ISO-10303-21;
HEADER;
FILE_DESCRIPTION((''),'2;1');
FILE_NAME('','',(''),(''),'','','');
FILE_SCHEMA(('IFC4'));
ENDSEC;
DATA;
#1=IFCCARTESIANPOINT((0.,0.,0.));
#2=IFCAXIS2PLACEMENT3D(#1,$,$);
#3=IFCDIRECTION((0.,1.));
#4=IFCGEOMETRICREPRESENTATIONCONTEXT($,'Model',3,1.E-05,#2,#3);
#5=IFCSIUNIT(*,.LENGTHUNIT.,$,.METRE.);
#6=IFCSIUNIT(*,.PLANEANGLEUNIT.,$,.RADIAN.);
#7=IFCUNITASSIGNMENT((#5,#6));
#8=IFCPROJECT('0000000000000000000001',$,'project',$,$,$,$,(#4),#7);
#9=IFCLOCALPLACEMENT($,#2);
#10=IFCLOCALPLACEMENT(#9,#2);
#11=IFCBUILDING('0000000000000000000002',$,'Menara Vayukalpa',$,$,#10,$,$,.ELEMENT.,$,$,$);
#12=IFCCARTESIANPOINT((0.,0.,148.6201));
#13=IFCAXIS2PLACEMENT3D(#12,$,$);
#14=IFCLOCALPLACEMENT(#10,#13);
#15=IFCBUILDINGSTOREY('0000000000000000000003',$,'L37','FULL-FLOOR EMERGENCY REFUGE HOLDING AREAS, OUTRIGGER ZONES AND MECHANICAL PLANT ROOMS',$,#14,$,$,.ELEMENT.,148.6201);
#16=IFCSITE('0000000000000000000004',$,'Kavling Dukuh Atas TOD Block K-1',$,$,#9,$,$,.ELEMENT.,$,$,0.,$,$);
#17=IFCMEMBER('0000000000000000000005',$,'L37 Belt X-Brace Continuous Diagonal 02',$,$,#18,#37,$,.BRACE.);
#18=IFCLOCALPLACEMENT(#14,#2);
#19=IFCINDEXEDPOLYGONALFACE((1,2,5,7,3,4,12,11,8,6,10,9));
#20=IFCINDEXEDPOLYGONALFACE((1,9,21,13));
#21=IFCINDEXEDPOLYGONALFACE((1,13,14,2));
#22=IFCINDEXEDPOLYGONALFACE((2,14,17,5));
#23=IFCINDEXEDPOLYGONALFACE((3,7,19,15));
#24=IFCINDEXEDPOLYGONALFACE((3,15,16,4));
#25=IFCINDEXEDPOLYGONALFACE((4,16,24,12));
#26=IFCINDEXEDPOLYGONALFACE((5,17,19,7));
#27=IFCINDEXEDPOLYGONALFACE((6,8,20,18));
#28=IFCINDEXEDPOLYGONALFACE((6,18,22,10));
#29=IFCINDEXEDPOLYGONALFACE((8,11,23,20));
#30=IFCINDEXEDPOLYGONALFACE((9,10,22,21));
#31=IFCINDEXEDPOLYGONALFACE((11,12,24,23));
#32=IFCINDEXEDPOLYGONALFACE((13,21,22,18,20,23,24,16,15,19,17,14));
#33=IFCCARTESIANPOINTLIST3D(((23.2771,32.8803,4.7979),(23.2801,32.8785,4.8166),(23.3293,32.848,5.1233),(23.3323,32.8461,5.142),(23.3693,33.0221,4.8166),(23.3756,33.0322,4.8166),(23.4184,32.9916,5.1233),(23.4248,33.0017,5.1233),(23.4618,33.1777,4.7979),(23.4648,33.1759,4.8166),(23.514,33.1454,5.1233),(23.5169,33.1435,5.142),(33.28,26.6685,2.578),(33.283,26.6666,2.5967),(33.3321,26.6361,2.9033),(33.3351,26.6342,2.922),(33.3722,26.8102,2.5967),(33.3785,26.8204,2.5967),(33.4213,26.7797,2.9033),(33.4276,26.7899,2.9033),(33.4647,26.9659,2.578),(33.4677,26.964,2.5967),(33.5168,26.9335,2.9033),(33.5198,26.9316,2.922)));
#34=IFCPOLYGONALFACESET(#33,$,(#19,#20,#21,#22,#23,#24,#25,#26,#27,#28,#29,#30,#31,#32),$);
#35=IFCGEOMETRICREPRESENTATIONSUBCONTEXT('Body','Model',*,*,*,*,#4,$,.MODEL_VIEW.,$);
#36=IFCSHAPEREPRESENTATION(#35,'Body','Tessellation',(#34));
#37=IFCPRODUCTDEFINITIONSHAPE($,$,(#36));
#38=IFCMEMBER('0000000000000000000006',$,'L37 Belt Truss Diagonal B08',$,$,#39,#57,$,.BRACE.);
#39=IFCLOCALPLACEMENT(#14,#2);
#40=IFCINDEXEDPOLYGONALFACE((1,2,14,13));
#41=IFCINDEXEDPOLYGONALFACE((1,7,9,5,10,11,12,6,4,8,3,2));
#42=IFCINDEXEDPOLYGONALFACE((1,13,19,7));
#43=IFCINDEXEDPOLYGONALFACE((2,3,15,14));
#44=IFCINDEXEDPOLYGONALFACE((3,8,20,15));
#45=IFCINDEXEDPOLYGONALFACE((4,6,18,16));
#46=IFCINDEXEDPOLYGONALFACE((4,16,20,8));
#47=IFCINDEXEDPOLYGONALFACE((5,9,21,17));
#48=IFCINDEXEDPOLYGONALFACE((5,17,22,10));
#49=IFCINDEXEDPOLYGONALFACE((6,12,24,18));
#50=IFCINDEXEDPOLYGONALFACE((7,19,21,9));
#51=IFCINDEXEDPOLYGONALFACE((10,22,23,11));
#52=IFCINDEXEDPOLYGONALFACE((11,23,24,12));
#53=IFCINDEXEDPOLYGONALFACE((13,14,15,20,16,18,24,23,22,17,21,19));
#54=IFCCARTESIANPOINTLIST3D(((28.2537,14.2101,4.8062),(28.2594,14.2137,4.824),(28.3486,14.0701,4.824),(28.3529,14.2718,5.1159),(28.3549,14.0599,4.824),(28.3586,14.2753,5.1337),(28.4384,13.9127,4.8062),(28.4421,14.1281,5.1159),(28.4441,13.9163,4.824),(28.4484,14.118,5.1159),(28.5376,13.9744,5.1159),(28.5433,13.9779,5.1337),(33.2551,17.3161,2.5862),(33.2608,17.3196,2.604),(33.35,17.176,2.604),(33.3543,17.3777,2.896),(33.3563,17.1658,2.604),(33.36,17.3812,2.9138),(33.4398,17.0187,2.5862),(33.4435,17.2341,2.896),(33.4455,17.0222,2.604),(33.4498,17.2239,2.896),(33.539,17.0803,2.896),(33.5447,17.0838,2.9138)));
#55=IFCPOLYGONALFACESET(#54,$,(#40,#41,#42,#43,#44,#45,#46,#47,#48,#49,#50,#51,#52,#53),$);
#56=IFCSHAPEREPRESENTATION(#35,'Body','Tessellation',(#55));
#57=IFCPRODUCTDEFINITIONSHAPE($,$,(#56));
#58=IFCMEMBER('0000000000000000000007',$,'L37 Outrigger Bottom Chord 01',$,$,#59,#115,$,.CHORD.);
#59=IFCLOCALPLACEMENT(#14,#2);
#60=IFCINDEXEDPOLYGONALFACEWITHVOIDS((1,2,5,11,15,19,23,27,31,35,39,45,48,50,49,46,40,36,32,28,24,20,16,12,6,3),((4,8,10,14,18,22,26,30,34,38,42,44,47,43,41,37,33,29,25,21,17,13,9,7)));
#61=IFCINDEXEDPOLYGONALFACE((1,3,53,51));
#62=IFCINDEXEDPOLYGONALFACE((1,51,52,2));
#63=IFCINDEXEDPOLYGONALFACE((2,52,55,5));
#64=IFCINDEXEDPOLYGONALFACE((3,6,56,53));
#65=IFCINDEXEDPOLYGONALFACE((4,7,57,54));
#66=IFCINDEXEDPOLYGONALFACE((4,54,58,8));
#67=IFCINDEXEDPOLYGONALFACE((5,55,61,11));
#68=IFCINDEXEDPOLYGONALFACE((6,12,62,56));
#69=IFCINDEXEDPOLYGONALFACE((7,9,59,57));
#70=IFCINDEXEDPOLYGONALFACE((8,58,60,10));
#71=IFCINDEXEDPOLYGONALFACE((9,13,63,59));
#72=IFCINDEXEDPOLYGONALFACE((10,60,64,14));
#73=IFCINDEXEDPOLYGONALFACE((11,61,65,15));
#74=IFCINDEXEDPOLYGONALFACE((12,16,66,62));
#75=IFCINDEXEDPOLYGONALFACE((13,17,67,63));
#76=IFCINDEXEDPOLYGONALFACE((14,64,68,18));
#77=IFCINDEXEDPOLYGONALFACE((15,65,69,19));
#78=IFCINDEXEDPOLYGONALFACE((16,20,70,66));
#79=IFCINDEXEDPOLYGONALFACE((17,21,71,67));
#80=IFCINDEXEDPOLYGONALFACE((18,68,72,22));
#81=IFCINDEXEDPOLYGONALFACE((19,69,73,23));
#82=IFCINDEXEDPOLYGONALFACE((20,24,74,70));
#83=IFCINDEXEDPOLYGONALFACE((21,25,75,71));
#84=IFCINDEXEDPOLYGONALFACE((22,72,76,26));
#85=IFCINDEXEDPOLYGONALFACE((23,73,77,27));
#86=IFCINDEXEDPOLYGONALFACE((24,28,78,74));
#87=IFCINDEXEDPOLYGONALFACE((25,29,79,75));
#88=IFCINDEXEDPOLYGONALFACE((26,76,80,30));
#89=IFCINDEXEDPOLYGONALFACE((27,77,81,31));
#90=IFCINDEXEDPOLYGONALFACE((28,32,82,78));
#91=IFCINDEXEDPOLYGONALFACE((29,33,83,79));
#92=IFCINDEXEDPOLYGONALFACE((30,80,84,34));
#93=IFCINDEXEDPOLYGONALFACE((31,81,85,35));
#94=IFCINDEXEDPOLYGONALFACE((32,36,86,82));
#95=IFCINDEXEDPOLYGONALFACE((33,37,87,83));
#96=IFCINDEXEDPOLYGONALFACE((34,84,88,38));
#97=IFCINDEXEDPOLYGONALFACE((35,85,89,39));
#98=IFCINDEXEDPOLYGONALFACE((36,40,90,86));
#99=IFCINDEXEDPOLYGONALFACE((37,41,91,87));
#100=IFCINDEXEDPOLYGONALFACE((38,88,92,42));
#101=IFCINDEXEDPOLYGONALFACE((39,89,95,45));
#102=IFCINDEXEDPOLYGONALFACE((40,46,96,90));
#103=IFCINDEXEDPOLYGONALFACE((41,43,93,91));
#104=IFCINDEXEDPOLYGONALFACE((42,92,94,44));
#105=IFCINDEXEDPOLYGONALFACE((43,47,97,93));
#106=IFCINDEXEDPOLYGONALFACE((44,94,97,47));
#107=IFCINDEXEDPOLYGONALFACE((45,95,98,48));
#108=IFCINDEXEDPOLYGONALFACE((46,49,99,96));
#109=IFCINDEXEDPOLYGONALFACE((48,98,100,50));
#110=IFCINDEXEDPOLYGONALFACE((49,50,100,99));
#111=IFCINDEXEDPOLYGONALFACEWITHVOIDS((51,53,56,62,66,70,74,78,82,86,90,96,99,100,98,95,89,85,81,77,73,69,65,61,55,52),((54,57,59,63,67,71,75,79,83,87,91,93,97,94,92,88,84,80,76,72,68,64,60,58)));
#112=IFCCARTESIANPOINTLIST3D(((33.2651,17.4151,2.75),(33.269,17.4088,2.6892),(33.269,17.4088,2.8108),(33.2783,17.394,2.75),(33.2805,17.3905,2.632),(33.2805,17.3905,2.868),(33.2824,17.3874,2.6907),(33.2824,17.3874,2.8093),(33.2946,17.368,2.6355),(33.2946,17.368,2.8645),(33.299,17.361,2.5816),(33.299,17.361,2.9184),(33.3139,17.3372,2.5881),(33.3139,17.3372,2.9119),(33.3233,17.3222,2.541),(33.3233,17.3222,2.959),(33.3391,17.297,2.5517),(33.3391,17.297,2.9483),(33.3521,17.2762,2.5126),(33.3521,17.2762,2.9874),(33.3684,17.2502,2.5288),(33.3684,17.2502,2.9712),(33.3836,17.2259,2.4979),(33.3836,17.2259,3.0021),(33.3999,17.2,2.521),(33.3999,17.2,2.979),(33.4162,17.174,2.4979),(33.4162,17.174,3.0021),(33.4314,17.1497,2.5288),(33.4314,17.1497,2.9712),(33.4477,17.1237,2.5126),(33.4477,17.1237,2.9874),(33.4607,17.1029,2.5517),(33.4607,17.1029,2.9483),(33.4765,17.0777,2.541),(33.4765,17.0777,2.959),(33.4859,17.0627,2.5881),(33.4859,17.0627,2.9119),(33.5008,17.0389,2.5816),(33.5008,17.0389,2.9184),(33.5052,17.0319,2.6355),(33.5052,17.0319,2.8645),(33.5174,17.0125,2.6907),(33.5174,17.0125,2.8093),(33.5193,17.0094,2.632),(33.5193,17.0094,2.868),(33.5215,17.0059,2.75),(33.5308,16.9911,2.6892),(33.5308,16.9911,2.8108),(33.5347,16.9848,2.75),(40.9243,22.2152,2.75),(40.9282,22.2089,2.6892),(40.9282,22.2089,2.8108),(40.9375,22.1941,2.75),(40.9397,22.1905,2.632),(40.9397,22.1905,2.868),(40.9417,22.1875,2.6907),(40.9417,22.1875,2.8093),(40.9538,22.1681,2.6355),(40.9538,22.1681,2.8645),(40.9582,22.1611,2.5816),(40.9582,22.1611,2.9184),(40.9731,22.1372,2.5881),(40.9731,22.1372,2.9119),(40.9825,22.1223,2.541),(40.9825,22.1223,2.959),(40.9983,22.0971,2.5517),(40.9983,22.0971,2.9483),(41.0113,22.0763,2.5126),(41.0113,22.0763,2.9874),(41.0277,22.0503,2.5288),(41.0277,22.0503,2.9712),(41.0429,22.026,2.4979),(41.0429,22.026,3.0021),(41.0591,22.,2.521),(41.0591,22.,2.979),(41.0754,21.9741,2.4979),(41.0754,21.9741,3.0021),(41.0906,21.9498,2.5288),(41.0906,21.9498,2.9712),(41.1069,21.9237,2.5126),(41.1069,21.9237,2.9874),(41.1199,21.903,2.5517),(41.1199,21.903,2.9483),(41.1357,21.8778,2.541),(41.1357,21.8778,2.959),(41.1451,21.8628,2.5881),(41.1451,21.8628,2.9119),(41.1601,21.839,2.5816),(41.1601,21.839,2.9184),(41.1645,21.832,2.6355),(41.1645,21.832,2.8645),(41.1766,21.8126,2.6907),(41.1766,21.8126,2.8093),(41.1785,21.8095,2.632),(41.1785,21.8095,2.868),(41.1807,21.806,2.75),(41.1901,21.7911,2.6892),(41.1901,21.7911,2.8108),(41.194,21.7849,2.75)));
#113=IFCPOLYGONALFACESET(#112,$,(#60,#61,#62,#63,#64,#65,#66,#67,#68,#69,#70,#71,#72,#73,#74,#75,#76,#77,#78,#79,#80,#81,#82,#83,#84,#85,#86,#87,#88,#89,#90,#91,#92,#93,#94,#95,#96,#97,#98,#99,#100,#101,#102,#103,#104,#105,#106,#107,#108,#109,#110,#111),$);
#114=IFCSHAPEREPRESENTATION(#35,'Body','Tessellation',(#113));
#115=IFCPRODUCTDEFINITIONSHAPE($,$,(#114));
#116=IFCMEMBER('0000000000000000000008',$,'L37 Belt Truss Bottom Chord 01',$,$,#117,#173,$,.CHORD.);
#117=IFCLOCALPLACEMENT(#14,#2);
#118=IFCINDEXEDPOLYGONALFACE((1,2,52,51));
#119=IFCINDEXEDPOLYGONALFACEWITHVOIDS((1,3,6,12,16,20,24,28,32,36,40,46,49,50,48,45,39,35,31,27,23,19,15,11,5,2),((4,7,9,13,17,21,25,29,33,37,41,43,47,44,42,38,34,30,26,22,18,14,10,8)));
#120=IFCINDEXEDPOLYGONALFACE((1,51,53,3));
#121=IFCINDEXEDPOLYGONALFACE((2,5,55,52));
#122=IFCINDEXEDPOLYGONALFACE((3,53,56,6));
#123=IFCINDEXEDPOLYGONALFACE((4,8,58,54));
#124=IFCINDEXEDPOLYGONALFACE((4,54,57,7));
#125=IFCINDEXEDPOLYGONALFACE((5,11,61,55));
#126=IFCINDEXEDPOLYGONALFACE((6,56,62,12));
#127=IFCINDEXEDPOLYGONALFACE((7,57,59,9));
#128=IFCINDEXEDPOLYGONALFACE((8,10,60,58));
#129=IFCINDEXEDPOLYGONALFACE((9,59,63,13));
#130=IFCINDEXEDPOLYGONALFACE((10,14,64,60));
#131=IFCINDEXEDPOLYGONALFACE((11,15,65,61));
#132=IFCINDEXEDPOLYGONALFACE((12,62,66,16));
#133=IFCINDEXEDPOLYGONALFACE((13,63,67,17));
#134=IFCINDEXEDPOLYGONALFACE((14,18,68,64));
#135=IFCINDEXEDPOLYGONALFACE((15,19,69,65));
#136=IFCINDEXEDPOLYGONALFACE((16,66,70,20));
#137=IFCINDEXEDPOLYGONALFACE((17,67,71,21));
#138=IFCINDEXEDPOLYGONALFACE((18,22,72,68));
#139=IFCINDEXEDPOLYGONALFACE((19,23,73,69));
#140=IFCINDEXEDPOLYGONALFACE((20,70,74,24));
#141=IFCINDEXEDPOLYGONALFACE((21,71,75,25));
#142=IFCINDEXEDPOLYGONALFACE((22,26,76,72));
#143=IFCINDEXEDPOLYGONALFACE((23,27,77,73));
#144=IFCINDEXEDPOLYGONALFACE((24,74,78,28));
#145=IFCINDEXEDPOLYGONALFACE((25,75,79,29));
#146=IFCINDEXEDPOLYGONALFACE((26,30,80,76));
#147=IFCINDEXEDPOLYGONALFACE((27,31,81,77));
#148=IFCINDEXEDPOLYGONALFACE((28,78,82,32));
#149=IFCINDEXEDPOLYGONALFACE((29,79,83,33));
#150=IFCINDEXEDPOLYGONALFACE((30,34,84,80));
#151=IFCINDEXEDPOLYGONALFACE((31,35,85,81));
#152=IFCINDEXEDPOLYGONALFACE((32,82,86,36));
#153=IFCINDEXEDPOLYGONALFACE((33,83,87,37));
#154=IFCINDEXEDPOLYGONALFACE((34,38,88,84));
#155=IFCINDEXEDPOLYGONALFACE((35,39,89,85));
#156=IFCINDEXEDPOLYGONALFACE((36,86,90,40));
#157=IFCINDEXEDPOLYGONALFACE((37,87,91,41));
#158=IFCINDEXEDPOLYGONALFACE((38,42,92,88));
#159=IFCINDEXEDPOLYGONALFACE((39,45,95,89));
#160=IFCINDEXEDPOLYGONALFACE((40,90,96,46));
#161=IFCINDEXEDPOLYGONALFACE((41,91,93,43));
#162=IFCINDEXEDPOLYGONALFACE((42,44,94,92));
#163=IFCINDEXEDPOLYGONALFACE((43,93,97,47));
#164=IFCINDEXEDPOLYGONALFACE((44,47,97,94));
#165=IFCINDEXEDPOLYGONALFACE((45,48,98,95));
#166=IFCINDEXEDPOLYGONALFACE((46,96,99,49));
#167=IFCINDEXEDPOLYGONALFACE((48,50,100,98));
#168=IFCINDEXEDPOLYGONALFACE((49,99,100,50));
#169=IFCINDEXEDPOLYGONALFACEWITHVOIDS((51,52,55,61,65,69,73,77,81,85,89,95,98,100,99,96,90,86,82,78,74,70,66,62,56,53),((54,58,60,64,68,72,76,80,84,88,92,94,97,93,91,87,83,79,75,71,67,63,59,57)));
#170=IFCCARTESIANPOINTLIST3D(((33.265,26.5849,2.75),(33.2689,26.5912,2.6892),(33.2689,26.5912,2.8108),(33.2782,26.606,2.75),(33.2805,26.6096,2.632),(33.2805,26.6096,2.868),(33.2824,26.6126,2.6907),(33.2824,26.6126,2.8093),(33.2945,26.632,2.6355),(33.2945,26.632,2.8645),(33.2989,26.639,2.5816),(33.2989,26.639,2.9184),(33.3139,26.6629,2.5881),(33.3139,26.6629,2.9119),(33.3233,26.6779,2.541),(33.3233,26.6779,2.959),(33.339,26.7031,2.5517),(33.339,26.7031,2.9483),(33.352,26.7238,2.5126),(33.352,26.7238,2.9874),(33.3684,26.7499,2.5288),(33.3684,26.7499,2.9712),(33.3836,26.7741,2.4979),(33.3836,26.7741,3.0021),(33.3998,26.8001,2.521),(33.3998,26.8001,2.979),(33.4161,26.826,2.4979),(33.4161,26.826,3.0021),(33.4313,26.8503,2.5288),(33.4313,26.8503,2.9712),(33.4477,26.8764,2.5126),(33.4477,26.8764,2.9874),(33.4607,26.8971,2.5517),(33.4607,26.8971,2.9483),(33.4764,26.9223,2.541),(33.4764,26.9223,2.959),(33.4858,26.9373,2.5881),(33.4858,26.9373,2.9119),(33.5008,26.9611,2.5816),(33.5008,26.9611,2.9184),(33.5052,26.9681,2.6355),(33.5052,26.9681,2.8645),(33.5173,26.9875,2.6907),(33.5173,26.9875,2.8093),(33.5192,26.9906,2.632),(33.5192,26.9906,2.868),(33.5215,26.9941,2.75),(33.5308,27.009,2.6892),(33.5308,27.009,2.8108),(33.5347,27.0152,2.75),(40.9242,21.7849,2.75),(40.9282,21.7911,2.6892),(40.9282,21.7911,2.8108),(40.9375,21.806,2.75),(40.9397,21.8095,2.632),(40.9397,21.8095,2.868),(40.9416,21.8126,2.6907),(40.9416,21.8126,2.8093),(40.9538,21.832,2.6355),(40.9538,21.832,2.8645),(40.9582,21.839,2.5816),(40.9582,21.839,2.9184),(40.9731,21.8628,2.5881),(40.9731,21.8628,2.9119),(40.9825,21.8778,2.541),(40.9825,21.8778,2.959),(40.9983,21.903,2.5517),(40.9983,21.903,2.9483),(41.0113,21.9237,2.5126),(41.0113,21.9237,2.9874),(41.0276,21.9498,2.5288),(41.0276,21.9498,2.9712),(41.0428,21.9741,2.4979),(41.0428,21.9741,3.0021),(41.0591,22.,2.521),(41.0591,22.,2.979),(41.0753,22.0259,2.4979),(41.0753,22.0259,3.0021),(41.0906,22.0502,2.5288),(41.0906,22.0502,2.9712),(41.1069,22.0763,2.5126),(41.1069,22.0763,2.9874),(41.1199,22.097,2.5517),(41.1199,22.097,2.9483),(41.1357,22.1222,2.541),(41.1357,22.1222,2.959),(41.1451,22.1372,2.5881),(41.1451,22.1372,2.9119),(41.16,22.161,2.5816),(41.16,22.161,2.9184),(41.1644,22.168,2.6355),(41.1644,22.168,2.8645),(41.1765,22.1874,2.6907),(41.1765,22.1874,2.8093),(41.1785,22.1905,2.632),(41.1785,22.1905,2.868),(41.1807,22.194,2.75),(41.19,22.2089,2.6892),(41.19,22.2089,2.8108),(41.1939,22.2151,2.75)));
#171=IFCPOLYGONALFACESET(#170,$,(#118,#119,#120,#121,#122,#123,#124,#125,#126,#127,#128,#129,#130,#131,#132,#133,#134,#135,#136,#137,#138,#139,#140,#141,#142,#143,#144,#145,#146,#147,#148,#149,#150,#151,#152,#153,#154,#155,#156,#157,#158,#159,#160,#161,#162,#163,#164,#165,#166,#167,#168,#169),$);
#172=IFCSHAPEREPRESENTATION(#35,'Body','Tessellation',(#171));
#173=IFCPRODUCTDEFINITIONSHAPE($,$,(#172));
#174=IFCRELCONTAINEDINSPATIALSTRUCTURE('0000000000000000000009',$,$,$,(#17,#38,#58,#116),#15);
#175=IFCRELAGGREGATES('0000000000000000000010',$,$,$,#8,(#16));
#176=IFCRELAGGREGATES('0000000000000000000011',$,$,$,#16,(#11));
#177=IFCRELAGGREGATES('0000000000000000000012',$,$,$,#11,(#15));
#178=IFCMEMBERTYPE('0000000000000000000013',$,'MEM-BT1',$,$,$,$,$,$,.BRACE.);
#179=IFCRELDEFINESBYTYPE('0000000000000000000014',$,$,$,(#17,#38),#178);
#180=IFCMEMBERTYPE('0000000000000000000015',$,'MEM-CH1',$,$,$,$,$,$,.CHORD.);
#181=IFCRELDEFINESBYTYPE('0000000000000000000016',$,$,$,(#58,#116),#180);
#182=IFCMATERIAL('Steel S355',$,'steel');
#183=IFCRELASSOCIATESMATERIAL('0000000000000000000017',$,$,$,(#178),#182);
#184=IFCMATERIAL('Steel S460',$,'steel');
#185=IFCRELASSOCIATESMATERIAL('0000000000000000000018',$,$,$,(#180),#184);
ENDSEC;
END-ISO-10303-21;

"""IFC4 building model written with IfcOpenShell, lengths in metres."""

from ifc_helpers import new_model, si_unit, direction, frame, origin, origin_2d, place, context, subcontext, project, spatial, hollow_circle, i_section, extrude, material, material_profile, profile_set, type_object, element, save


model = new_model("IFC4")

# Units and contexts
model_context = context("Model", 3, precision=1e-05, world=origin(), true_north=direction((0.0, 1.0)))
body_context = subcontext(model_context, "Body", "Model", "MODEL_VIEW")
ifc_project = project(units=[si_unit("LENGTHUNIT", "METRE"), si_unit("PLANEANGLEUNIT", "RADIAN")], contexts=[model_context])

# Site, building, storey
site_placement = place(None, origin())
site = spatial("IfcSite", under=ifc_project, at=site_placement, Name="Kavling Dukuh Atas TOD Block K-1", CompositionType="ELEMENT", RefElevation=0.0)
building_placement = place(site_placement, origin())
building = spatial("IfcBuilding", under=site, at=building_placement, Name="Menara Vayukalpa", CompositionType="ELEMENT")
storey_placement = place(building_placement, frame((0.0, 0.0, 148.6201)))
storey = spatial("IfcBuildingStorey", under=building, at=storey_placement, Name="L37", Description="FULL-FLOOR EMERGENCY REFUGE HOLDING AREAS, OUTRIGGER ZONES AND MECHANICAL PLANT ROOMS", CompositionType="ELEMENT", Elevation=148.6201)

# Members
ifc_material_1 = material(Name="Steel S355", Category="steel")
ifc_material_profile_1 = material_profile(ifc_material_1, i_section(OverallWidth=0.3501, OverallDepth=0.3501, WebThickness=0.012, FlangeThickness=0.019, at=origin_2d()), Name="H 350x350x12x19")
ifc_profile_set_1 = profile_set([ifc_material_profile_1], Name="Steel S355")
member_type_1 = type_object("IfcMemberType", Name="MEM-BT1", PredefinedType="BRACE", material=ifc_profile_set_1)
member_1_placement = place(storey_placement, frame((33.3999, 26.8, 2.75), z_axis=(-0.834811, 0.518426, 0.185271), x_axis=(-0.527559, -0.849518, 0.0)))
element("IfcMember", 1, at=member_1_placement, inside=storey, type_object=member_type_1, Name="L37 Belt X-Brace Continuous Diagonal 02", PredefinedType="BRACE", context=body_context, shape_type="SweptSolid", body=[
    extrude(i_section(OverallWidth=0.3501, OverallDepth=0.3501, WebThickness=0.012, FlangeThickness=0.019, at=origin_2d()), origin(), (0.0, 0.0, 1.0), 11.9822),
])
member_2_placement = place(storey_placement, frame((33.3999, 17.2, 2.75), z_axis=(-0.794886, -0.493632, 0.352822), x_axis=(0.527559, -0.849518, 0.0)))
element("IfcMember", 2, at=member_2_placement, inside=storey, type_object=member_type_1, Name="L37 Belt Truss Diagonal B08", PredefinedType="BRACE", context=body_context, shape_type="SweptSolid", body=[
    extrude(i_section(OverallWidth=0.3501, OverallDepth=0.3501, WebThickness=0.012, FlangeThickness=0.019, at=origin_2d()), origin(), (0.0, 0.0, 1.0), 6.292),
])
ifc_material_2 = material(Name="Steel S460", Category="steel")
ifc_material_profile_2 = material_profile(ifc_material_2, hollow_circle(Radius=0.2539, WallThickness=0.0249, at=origin_2d()), Name="CHS 508.0x25")
ifc_profile_set_2 = profile_set([ifc_material_profile_2], Name="Steel S460")
member_type_2 = type_object("IfcMemberType", Name="MEM-CH1", PredefinedType="CHORD", material=ifc_profile_set_2)
for number, where, z_axis, x_axis, name in (
    (3, (33.3999, 17.2, 2.75), (0.847348, 0.531038, 0.0), (-0.531038, 0.847348, 0.0), "L37 Outrigger Bottom Chord 01"),
    (4, (41.0591, 22.0, 2.75), (-0.847348, 0.531038, 0.0), (-0.531038, -0.847348, 0.0), "L37 Belt Truss Bottom Chord 01"),
):
    element("IfcMember", number, at=place(storey_placement, frame(where, z_axis=z_axis, x_axis=x_axis)), inside=storey, type_object=member_type_2, Name=name, PredefinedType="CHORD", context=body_context, shape_type="SweptSolid", body=[
        extrude(hollow_circle(Radius=0.2539, WallThickness=0.0249, at=origin_2d()), origin(), (0.0, 0.0, 1.0), 9.0391),
    ])

save(model, "model.ifc")
